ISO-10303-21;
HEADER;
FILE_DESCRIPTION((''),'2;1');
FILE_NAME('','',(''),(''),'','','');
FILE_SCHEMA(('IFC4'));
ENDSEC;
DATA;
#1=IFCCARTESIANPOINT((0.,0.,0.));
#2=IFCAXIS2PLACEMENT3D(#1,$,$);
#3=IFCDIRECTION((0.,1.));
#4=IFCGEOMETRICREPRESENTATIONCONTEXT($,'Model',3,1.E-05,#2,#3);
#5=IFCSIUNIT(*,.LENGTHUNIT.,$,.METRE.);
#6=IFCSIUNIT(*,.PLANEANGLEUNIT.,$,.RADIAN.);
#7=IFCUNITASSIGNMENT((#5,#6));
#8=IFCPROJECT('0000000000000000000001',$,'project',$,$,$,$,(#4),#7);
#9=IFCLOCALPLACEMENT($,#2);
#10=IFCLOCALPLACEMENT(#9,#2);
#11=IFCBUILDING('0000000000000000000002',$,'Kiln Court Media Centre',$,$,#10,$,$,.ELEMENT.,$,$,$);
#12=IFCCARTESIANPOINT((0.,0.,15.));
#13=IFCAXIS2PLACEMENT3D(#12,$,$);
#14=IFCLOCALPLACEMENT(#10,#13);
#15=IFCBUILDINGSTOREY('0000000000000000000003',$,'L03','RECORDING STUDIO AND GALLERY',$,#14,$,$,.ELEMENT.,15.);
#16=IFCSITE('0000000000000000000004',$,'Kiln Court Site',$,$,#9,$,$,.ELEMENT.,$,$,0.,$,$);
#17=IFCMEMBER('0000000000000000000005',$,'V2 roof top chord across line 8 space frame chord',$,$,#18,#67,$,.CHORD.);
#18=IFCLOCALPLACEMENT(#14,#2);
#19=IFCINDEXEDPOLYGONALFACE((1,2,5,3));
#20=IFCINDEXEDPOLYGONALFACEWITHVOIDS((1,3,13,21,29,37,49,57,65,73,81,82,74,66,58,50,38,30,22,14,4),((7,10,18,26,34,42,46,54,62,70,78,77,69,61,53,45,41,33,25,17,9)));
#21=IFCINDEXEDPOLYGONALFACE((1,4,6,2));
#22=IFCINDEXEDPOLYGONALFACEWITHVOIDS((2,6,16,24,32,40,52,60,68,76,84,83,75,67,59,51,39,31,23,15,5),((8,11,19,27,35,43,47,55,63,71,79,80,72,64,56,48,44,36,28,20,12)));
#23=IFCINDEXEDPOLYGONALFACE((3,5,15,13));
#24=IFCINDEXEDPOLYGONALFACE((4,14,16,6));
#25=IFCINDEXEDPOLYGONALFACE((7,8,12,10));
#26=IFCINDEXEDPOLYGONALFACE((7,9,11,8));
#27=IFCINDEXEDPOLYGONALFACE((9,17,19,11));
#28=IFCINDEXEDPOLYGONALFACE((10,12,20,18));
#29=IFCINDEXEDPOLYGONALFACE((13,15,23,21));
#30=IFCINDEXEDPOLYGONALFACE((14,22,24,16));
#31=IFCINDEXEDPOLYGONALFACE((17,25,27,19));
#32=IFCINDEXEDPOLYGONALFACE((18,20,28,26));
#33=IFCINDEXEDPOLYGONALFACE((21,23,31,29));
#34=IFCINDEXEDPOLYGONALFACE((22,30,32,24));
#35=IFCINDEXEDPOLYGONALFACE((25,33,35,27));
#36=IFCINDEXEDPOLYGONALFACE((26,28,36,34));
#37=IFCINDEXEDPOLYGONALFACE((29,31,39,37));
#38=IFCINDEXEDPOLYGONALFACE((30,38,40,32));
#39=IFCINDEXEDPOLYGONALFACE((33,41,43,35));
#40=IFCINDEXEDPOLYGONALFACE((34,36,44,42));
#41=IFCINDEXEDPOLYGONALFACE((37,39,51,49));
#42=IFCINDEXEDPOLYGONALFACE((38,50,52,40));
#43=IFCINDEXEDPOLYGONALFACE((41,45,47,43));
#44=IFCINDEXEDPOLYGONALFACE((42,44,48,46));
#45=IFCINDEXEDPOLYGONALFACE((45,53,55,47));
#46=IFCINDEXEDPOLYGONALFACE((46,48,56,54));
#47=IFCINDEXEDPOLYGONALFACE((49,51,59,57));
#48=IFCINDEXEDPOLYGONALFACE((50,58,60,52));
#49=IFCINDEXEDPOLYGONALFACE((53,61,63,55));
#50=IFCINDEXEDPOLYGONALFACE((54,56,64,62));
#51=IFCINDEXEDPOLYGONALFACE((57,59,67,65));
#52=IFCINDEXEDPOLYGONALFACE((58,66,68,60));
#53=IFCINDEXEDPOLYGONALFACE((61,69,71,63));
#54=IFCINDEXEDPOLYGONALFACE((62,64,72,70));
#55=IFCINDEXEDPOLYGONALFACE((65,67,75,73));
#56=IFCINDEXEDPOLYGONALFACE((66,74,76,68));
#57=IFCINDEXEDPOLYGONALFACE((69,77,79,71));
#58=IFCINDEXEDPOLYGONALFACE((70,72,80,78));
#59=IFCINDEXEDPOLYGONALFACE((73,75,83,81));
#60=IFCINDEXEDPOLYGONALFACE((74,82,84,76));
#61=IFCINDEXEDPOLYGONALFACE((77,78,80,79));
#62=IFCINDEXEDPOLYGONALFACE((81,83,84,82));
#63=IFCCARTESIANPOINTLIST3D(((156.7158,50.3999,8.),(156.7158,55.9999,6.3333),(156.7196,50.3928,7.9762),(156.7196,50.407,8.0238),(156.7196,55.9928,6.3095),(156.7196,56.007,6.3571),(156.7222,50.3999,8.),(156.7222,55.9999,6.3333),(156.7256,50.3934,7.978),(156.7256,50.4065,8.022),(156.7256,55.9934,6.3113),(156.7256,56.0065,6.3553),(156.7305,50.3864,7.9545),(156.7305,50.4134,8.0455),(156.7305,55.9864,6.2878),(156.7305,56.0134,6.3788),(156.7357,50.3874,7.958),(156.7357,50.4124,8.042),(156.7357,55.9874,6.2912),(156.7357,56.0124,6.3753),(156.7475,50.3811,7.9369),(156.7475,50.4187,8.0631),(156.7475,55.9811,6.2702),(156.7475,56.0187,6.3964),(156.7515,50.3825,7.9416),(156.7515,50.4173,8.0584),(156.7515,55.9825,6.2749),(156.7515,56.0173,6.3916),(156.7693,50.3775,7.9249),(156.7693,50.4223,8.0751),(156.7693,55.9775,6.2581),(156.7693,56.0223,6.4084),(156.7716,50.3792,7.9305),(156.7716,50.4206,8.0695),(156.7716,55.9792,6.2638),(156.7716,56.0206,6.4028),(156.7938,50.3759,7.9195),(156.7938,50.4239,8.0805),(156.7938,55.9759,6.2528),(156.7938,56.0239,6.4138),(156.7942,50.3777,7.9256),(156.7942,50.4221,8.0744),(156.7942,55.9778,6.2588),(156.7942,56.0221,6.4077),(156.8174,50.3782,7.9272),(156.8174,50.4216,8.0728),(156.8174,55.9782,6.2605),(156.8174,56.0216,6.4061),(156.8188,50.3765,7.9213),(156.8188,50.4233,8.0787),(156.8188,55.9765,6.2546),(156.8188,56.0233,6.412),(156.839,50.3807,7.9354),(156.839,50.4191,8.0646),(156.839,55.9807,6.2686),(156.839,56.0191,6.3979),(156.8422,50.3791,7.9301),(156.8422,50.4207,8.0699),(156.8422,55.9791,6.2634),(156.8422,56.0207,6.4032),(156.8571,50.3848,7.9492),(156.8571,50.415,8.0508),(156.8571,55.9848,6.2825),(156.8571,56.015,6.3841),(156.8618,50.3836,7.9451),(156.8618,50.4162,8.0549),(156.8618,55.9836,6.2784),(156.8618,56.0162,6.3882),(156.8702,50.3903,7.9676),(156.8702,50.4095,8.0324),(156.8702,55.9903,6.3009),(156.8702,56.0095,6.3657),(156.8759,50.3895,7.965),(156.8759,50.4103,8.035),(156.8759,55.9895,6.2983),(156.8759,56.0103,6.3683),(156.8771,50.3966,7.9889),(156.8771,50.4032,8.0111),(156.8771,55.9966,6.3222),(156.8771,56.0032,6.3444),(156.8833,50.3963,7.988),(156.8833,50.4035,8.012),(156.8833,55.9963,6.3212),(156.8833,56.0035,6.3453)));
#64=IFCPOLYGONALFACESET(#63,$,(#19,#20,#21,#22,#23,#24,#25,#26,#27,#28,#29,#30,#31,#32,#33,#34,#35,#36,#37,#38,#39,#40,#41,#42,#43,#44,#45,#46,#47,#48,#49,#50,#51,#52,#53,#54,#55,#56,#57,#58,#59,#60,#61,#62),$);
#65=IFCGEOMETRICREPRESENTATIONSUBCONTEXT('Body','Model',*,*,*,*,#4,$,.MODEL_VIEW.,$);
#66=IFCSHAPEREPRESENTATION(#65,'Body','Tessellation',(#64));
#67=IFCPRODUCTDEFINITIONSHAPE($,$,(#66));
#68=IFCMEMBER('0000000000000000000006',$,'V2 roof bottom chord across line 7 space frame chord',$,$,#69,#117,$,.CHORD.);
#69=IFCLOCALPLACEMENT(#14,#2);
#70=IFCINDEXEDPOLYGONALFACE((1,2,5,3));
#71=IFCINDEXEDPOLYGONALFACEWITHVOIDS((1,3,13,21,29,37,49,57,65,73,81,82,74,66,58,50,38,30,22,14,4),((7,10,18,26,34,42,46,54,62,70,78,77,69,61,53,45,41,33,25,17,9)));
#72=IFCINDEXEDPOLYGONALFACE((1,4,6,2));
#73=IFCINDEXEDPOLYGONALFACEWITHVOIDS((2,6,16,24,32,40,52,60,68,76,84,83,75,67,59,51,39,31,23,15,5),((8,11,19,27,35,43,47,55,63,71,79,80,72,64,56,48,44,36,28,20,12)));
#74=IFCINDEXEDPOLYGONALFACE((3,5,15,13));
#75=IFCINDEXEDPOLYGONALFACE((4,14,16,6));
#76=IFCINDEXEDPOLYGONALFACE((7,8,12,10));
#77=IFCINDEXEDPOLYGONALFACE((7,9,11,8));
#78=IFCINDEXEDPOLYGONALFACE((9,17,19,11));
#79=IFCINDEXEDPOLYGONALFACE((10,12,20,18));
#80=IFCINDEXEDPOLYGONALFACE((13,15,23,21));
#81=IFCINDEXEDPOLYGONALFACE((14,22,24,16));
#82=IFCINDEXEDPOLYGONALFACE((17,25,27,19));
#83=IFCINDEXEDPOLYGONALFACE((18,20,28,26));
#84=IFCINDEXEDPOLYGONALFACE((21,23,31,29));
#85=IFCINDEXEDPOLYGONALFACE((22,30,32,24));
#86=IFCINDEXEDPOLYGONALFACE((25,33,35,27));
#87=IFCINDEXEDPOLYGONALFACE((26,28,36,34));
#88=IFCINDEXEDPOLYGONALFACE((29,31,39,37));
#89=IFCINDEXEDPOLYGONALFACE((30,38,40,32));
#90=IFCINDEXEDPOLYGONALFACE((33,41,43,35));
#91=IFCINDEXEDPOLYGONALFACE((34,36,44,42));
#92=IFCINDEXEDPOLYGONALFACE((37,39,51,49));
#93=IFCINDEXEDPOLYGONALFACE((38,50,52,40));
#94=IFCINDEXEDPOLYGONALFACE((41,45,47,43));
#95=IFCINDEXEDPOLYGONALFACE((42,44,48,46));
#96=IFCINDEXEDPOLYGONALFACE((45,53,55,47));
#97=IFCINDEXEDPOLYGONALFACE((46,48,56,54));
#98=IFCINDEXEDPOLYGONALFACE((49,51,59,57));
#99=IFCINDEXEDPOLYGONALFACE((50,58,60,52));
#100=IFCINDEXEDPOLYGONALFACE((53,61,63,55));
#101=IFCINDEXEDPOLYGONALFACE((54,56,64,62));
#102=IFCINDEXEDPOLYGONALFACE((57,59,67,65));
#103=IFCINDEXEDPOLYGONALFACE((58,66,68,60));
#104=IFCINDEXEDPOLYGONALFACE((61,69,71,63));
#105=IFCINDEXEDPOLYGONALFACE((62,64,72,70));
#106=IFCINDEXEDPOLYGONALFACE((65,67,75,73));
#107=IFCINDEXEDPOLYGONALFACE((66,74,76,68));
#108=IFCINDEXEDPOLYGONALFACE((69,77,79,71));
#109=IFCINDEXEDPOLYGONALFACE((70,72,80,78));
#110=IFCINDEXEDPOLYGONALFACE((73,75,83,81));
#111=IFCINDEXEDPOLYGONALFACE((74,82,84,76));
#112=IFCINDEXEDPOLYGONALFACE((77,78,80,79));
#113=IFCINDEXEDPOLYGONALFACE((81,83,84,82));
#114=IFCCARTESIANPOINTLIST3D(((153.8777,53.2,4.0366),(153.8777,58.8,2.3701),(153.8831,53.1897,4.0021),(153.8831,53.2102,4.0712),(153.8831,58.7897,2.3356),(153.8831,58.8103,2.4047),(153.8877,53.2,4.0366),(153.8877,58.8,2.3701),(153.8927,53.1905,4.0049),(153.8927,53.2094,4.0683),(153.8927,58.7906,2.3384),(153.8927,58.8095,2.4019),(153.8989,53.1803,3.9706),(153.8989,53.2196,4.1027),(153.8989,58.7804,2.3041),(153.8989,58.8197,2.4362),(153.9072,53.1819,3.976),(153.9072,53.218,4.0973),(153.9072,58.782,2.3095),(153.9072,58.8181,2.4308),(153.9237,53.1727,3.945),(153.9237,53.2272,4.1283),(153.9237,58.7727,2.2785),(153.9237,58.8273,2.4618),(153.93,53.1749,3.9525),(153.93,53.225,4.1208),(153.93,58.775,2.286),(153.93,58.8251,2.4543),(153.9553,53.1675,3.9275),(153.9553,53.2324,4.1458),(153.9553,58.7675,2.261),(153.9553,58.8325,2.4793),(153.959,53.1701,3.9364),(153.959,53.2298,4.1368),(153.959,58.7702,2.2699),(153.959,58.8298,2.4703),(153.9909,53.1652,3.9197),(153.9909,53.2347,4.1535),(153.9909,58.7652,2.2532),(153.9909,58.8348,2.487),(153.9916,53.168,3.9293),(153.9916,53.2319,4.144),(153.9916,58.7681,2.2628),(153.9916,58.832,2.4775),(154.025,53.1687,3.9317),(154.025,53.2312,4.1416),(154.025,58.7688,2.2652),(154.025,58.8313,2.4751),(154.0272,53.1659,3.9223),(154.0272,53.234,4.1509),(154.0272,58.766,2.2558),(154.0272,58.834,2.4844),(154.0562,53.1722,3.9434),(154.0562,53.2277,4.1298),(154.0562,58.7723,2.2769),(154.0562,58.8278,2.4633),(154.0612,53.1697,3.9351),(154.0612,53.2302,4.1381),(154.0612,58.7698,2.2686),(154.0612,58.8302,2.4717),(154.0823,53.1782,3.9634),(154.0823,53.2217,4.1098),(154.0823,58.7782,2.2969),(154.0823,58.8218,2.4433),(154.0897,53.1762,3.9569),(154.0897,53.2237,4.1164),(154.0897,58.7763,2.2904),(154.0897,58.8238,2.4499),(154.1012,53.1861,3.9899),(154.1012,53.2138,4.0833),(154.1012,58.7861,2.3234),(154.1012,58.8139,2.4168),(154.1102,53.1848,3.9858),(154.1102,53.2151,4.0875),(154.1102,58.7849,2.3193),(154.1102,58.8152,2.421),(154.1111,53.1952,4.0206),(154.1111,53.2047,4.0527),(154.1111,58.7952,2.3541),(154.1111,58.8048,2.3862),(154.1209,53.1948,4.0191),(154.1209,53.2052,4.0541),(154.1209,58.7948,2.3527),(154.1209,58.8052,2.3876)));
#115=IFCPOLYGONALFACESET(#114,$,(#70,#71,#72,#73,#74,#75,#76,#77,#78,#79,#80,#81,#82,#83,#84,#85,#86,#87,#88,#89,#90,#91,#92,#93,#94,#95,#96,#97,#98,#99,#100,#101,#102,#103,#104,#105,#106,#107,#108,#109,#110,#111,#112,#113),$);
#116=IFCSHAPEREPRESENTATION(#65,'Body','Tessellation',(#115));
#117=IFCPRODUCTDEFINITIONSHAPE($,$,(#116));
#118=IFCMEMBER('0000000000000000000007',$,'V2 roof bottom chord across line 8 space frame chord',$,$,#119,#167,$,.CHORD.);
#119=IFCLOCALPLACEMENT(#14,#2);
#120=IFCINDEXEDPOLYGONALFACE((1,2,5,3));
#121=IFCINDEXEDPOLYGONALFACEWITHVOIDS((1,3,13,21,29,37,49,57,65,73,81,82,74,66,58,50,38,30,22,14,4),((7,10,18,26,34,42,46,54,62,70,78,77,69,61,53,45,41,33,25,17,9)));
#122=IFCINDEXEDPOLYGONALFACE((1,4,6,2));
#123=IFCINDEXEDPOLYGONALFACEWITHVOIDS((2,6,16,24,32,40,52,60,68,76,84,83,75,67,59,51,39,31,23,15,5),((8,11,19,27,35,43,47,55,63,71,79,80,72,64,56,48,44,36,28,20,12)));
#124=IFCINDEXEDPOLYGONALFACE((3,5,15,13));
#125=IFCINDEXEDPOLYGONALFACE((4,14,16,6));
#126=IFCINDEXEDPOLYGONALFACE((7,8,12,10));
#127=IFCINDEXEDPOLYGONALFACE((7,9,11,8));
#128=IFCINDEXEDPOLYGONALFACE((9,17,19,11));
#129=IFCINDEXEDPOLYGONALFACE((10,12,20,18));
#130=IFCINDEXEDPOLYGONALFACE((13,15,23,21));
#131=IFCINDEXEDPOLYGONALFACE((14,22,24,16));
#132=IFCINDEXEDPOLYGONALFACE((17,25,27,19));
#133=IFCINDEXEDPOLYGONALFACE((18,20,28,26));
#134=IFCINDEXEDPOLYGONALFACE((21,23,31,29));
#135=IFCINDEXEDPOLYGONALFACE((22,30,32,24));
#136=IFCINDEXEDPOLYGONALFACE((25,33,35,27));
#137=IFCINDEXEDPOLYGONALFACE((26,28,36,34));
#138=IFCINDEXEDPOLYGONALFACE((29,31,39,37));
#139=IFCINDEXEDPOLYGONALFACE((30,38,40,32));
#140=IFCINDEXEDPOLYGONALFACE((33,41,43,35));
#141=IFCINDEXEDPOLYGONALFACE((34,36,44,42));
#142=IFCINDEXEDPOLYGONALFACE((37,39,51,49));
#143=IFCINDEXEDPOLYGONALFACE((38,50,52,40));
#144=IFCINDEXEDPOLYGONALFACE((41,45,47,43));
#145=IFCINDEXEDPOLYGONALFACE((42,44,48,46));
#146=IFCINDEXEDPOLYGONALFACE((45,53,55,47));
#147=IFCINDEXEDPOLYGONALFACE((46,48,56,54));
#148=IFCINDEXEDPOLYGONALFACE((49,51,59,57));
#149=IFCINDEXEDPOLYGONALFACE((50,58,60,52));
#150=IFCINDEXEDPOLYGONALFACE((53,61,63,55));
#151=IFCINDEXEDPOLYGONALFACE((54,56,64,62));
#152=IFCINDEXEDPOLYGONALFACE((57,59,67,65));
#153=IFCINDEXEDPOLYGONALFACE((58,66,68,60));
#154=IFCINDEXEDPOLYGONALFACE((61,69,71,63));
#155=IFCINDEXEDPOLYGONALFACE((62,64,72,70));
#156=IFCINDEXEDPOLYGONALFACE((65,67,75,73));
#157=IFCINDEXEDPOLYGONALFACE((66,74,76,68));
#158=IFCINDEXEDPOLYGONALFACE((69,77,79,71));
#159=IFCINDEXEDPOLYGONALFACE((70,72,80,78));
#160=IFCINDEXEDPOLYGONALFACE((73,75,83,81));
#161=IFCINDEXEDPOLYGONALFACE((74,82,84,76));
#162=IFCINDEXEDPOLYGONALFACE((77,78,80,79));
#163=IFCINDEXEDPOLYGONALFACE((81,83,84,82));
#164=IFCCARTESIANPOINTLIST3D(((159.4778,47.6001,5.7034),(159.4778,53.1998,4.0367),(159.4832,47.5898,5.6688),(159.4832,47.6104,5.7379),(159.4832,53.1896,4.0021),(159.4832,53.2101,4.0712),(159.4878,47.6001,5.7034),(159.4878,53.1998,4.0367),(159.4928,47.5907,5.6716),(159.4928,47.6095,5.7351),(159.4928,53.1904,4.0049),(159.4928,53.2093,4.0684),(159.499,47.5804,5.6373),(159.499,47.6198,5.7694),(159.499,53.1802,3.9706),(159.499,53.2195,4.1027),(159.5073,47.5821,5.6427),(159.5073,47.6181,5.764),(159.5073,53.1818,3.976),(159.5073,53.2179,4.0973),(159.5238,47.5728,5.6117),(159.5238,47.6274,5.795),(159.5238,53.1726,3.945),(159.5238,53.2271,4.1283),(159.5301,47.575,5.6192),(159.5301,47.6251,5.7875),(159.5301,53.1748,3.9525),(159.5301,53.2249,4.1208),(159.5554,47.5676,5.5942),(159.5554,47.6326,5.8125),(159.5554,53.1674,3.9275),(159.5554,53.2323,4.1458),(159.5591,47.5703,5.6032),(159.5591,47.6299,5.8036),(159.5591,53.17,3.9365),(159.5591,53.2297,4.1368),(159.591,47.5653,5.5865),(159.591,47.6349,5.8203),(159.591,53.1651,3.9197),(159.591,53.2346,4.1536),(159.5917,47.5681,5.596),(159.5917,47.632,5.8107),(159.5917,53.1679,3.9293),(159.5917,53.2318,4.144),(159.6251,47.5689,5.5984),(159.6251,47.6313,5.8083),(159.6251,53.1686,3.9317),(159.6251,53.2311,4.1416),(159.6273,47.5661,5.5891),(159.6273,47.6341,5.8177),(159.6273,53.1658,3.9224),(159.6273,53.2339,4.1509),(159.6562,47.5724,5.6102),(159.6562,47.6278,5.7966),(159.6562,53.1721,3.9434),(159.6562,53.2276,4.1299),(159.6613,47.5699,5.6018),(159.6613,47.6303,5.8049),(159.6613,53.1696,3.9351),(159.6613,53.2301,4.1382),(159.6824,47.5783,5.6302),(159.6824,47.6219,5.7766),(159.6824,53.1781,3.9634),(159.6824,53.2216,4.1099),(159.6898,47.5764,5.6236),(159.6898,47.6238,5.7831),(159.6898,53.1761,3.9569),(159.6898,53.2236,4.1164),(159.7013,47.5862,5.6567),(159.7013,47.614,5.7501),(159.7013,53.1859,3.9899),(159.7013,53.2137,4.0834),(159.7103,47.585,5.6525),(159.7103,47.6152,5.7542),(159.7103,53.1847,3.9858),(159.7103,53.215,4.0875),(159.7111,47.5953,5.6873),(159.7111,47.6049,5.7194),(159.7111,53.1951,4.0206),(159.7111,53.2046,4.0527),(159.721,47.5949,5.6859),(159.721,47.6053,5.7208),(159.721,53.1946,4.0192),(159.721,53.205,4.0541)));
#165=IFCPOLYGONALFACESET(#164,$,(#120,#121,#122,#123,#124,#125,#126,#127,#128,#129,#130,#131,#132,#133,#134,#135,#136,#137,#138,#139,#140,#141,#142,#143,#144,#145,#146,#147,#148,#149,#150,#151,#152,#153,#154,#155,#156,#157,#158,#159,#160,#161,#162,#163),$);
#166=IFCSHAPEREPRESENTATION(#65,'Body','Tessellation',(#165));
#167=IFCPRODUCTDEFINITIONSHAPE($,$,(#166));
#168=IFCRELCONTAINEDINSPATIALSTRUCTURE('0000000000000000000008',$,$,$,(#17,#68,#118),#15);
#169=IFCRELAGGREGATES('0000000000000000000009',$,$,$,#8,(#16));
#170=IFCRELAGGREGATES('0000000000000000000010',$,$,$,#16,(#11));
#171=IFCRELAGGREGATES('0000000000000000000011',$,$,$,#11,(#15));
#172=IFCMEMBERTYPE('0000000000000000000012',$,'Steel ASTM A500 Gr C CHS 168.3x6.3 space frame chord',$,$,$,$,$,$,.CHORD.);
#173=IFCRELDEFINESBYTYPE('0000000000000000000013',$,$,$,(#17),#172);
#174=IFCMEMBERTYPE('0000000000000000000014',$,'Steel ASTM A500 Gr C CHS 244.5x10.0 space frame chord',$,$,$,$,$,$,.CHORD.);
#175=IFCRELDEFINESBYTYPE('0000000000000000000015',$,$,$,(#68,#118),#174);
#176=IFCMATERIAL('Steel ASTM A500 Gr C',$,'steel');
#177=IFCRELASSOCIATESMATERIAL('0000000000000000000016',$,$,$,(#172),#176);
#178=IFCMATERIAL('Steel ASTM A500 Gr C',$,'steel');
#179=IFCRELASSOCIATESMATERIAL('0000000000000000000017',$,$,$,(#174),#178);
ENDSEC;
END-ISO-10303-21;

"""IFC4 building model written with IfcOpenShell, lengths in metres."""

from ifc_helpers import new_model, si_unit, direction, frame, origin, origin_2d, place, context, subcontext, project, spatial, hollow_circle, extrude, material, material_profile, profile_set, type_object, element, save


model = new_model("IFC4")

# Units and contexts
model_context = context("Model", 3, precision=1e-05, world=origin(), true_north=direction((0.0, 1.0)))
body_context = subcontext(model_context, "Body", "Model", "MODEL_VIEW")
ifc_project = project(units=[si_unit("LENGTHUNIT", "METRE"), si_unit("PLANEANGLEUNIT", "RADIAN")], contexts=[model_context])

# Site, building, storey
site_placement = place(None, origin())
site = spatial("IfcSite", under=ifc_project, at=site_placement, Name="Kiln Court Site", CompositionType="ELEMENT", RefElevation=0.0)
building_placement = place(site_placement, origin())
building = spatial("IfcBuilding", under=site, at=building_placement, Name="Kiln Court Media Centre", CompositionType="ELEMENT")
storey_placement = place(building_placement, frame((0.0, 0.0, 15.0)))
storey = spatial("IfcBuildingStorey", under=building, at=storey_placement, Name="L03", Description="RECORDING STUDIO AND GALLERY", CompositionType="ELEMENT", Elevation=15.0)

# Members
ifc_material_1 = material(Name="Steel ASTM A500 Gr C", Category="steel")
ifc_material_profile_1 = material_profile(ifc_material_1, hollow_circle(Radius=0.0842, WallThickness=0.0063, at=origin_2d()), Name="CHS 168.3x6.3")
ifc_profile_set_1 = profile_set([ifc_material_profile_1], Name="Steel ASTM A500 Gr C")
member_type_1 = type_object("IfcMemberType", Name="Steel ASTM A500 Gr C CHS 168.3x6.3 space frame chord", PredefinedType="CHORD", material=ifc_profile_set_1)
member_1_placement = place(storey_placement, frame((156.8, 50.3999, 8.0), z_axis=(0.0, 0.95845, -0.285262), x_axis=(-1.0, 0.0, 0.0)))
element("IfcMember", 1, at=member_1_placement, inside=storey, type_object=member_type_1, Name="V2 roof top chord across line 8 space frame chord", PredefinedType="CHORD", context=body_context, shape_type="SweptSolid", body=[
    extrude(hollow_circle(Radius=0.0842, WallThickness=0.0063, at=origin_2d()), origin(), (0.0, 0.0, 1.0), 5.8428),
])
ifc_material_2 = material(Name="Steel ASTM A500 Gr C", Category="steel")
ifc_material_profile_2 = material_profile(ifc_material_2, hollow_circle(Radius=0.1223, WallThickness=0.01, at=origin_2d()), Name="CHS 244.5x10.0")
ifc_profile_set_2 = profile_set([ifc_material_profile_2], Name="Steel ASTM A500 Gr C")
member_type_2 = type_object("IfcMemberType", Name="Steel ASTM A500 Gr C CHS 244.5x10.0 space frame chord", PredefinedType="CHORD", material=ifc_profile_set_2)
member_2_placement = place(storey_placement, frame((154.0, 53.2, 4.0366), z_axis=(0.0, 0.958461, -0.285223), x_axis=(-1.0, 0.0, 0.0)))
element("IfcMember", 2, at=member_2_placement, inside=storey, type_object=member_type_2, Name="V2 roof bottom chord across line 7 space frame chord", PredefinedType="CHORD", context=body_context, shape_type="SweptSolid", body=[
    extrude(hollow_circle(Radius=0.1223, WallThickness=0.01, at=origin_2d()), origin(), (0.0, 0.0, 1.0), 5.8428),
])
member_3_placement = place(storey_placement, frame((159.6001, 47.6001, 5.7034), z_axis=(0.0, 0.958446, -0.285273), x_axis=(-1.0, 0.0, 0.0)))
element("IfcMember", 3, at=member_3_placement, inside=storey, type_object=member_type_2, Name="V2 roof bottom chord across line 8 space frame chord", PredefinedType="CHORD", context=body_context, shape_type="SweptSolid", body=[
    extrude(hollow_circle(Radius=0.1223, WallThickness=0.01, at=origin_2d()), origin(), (0.0, 0.0, 1.0), 5.8425),
])

save(model, "model.ifc")
